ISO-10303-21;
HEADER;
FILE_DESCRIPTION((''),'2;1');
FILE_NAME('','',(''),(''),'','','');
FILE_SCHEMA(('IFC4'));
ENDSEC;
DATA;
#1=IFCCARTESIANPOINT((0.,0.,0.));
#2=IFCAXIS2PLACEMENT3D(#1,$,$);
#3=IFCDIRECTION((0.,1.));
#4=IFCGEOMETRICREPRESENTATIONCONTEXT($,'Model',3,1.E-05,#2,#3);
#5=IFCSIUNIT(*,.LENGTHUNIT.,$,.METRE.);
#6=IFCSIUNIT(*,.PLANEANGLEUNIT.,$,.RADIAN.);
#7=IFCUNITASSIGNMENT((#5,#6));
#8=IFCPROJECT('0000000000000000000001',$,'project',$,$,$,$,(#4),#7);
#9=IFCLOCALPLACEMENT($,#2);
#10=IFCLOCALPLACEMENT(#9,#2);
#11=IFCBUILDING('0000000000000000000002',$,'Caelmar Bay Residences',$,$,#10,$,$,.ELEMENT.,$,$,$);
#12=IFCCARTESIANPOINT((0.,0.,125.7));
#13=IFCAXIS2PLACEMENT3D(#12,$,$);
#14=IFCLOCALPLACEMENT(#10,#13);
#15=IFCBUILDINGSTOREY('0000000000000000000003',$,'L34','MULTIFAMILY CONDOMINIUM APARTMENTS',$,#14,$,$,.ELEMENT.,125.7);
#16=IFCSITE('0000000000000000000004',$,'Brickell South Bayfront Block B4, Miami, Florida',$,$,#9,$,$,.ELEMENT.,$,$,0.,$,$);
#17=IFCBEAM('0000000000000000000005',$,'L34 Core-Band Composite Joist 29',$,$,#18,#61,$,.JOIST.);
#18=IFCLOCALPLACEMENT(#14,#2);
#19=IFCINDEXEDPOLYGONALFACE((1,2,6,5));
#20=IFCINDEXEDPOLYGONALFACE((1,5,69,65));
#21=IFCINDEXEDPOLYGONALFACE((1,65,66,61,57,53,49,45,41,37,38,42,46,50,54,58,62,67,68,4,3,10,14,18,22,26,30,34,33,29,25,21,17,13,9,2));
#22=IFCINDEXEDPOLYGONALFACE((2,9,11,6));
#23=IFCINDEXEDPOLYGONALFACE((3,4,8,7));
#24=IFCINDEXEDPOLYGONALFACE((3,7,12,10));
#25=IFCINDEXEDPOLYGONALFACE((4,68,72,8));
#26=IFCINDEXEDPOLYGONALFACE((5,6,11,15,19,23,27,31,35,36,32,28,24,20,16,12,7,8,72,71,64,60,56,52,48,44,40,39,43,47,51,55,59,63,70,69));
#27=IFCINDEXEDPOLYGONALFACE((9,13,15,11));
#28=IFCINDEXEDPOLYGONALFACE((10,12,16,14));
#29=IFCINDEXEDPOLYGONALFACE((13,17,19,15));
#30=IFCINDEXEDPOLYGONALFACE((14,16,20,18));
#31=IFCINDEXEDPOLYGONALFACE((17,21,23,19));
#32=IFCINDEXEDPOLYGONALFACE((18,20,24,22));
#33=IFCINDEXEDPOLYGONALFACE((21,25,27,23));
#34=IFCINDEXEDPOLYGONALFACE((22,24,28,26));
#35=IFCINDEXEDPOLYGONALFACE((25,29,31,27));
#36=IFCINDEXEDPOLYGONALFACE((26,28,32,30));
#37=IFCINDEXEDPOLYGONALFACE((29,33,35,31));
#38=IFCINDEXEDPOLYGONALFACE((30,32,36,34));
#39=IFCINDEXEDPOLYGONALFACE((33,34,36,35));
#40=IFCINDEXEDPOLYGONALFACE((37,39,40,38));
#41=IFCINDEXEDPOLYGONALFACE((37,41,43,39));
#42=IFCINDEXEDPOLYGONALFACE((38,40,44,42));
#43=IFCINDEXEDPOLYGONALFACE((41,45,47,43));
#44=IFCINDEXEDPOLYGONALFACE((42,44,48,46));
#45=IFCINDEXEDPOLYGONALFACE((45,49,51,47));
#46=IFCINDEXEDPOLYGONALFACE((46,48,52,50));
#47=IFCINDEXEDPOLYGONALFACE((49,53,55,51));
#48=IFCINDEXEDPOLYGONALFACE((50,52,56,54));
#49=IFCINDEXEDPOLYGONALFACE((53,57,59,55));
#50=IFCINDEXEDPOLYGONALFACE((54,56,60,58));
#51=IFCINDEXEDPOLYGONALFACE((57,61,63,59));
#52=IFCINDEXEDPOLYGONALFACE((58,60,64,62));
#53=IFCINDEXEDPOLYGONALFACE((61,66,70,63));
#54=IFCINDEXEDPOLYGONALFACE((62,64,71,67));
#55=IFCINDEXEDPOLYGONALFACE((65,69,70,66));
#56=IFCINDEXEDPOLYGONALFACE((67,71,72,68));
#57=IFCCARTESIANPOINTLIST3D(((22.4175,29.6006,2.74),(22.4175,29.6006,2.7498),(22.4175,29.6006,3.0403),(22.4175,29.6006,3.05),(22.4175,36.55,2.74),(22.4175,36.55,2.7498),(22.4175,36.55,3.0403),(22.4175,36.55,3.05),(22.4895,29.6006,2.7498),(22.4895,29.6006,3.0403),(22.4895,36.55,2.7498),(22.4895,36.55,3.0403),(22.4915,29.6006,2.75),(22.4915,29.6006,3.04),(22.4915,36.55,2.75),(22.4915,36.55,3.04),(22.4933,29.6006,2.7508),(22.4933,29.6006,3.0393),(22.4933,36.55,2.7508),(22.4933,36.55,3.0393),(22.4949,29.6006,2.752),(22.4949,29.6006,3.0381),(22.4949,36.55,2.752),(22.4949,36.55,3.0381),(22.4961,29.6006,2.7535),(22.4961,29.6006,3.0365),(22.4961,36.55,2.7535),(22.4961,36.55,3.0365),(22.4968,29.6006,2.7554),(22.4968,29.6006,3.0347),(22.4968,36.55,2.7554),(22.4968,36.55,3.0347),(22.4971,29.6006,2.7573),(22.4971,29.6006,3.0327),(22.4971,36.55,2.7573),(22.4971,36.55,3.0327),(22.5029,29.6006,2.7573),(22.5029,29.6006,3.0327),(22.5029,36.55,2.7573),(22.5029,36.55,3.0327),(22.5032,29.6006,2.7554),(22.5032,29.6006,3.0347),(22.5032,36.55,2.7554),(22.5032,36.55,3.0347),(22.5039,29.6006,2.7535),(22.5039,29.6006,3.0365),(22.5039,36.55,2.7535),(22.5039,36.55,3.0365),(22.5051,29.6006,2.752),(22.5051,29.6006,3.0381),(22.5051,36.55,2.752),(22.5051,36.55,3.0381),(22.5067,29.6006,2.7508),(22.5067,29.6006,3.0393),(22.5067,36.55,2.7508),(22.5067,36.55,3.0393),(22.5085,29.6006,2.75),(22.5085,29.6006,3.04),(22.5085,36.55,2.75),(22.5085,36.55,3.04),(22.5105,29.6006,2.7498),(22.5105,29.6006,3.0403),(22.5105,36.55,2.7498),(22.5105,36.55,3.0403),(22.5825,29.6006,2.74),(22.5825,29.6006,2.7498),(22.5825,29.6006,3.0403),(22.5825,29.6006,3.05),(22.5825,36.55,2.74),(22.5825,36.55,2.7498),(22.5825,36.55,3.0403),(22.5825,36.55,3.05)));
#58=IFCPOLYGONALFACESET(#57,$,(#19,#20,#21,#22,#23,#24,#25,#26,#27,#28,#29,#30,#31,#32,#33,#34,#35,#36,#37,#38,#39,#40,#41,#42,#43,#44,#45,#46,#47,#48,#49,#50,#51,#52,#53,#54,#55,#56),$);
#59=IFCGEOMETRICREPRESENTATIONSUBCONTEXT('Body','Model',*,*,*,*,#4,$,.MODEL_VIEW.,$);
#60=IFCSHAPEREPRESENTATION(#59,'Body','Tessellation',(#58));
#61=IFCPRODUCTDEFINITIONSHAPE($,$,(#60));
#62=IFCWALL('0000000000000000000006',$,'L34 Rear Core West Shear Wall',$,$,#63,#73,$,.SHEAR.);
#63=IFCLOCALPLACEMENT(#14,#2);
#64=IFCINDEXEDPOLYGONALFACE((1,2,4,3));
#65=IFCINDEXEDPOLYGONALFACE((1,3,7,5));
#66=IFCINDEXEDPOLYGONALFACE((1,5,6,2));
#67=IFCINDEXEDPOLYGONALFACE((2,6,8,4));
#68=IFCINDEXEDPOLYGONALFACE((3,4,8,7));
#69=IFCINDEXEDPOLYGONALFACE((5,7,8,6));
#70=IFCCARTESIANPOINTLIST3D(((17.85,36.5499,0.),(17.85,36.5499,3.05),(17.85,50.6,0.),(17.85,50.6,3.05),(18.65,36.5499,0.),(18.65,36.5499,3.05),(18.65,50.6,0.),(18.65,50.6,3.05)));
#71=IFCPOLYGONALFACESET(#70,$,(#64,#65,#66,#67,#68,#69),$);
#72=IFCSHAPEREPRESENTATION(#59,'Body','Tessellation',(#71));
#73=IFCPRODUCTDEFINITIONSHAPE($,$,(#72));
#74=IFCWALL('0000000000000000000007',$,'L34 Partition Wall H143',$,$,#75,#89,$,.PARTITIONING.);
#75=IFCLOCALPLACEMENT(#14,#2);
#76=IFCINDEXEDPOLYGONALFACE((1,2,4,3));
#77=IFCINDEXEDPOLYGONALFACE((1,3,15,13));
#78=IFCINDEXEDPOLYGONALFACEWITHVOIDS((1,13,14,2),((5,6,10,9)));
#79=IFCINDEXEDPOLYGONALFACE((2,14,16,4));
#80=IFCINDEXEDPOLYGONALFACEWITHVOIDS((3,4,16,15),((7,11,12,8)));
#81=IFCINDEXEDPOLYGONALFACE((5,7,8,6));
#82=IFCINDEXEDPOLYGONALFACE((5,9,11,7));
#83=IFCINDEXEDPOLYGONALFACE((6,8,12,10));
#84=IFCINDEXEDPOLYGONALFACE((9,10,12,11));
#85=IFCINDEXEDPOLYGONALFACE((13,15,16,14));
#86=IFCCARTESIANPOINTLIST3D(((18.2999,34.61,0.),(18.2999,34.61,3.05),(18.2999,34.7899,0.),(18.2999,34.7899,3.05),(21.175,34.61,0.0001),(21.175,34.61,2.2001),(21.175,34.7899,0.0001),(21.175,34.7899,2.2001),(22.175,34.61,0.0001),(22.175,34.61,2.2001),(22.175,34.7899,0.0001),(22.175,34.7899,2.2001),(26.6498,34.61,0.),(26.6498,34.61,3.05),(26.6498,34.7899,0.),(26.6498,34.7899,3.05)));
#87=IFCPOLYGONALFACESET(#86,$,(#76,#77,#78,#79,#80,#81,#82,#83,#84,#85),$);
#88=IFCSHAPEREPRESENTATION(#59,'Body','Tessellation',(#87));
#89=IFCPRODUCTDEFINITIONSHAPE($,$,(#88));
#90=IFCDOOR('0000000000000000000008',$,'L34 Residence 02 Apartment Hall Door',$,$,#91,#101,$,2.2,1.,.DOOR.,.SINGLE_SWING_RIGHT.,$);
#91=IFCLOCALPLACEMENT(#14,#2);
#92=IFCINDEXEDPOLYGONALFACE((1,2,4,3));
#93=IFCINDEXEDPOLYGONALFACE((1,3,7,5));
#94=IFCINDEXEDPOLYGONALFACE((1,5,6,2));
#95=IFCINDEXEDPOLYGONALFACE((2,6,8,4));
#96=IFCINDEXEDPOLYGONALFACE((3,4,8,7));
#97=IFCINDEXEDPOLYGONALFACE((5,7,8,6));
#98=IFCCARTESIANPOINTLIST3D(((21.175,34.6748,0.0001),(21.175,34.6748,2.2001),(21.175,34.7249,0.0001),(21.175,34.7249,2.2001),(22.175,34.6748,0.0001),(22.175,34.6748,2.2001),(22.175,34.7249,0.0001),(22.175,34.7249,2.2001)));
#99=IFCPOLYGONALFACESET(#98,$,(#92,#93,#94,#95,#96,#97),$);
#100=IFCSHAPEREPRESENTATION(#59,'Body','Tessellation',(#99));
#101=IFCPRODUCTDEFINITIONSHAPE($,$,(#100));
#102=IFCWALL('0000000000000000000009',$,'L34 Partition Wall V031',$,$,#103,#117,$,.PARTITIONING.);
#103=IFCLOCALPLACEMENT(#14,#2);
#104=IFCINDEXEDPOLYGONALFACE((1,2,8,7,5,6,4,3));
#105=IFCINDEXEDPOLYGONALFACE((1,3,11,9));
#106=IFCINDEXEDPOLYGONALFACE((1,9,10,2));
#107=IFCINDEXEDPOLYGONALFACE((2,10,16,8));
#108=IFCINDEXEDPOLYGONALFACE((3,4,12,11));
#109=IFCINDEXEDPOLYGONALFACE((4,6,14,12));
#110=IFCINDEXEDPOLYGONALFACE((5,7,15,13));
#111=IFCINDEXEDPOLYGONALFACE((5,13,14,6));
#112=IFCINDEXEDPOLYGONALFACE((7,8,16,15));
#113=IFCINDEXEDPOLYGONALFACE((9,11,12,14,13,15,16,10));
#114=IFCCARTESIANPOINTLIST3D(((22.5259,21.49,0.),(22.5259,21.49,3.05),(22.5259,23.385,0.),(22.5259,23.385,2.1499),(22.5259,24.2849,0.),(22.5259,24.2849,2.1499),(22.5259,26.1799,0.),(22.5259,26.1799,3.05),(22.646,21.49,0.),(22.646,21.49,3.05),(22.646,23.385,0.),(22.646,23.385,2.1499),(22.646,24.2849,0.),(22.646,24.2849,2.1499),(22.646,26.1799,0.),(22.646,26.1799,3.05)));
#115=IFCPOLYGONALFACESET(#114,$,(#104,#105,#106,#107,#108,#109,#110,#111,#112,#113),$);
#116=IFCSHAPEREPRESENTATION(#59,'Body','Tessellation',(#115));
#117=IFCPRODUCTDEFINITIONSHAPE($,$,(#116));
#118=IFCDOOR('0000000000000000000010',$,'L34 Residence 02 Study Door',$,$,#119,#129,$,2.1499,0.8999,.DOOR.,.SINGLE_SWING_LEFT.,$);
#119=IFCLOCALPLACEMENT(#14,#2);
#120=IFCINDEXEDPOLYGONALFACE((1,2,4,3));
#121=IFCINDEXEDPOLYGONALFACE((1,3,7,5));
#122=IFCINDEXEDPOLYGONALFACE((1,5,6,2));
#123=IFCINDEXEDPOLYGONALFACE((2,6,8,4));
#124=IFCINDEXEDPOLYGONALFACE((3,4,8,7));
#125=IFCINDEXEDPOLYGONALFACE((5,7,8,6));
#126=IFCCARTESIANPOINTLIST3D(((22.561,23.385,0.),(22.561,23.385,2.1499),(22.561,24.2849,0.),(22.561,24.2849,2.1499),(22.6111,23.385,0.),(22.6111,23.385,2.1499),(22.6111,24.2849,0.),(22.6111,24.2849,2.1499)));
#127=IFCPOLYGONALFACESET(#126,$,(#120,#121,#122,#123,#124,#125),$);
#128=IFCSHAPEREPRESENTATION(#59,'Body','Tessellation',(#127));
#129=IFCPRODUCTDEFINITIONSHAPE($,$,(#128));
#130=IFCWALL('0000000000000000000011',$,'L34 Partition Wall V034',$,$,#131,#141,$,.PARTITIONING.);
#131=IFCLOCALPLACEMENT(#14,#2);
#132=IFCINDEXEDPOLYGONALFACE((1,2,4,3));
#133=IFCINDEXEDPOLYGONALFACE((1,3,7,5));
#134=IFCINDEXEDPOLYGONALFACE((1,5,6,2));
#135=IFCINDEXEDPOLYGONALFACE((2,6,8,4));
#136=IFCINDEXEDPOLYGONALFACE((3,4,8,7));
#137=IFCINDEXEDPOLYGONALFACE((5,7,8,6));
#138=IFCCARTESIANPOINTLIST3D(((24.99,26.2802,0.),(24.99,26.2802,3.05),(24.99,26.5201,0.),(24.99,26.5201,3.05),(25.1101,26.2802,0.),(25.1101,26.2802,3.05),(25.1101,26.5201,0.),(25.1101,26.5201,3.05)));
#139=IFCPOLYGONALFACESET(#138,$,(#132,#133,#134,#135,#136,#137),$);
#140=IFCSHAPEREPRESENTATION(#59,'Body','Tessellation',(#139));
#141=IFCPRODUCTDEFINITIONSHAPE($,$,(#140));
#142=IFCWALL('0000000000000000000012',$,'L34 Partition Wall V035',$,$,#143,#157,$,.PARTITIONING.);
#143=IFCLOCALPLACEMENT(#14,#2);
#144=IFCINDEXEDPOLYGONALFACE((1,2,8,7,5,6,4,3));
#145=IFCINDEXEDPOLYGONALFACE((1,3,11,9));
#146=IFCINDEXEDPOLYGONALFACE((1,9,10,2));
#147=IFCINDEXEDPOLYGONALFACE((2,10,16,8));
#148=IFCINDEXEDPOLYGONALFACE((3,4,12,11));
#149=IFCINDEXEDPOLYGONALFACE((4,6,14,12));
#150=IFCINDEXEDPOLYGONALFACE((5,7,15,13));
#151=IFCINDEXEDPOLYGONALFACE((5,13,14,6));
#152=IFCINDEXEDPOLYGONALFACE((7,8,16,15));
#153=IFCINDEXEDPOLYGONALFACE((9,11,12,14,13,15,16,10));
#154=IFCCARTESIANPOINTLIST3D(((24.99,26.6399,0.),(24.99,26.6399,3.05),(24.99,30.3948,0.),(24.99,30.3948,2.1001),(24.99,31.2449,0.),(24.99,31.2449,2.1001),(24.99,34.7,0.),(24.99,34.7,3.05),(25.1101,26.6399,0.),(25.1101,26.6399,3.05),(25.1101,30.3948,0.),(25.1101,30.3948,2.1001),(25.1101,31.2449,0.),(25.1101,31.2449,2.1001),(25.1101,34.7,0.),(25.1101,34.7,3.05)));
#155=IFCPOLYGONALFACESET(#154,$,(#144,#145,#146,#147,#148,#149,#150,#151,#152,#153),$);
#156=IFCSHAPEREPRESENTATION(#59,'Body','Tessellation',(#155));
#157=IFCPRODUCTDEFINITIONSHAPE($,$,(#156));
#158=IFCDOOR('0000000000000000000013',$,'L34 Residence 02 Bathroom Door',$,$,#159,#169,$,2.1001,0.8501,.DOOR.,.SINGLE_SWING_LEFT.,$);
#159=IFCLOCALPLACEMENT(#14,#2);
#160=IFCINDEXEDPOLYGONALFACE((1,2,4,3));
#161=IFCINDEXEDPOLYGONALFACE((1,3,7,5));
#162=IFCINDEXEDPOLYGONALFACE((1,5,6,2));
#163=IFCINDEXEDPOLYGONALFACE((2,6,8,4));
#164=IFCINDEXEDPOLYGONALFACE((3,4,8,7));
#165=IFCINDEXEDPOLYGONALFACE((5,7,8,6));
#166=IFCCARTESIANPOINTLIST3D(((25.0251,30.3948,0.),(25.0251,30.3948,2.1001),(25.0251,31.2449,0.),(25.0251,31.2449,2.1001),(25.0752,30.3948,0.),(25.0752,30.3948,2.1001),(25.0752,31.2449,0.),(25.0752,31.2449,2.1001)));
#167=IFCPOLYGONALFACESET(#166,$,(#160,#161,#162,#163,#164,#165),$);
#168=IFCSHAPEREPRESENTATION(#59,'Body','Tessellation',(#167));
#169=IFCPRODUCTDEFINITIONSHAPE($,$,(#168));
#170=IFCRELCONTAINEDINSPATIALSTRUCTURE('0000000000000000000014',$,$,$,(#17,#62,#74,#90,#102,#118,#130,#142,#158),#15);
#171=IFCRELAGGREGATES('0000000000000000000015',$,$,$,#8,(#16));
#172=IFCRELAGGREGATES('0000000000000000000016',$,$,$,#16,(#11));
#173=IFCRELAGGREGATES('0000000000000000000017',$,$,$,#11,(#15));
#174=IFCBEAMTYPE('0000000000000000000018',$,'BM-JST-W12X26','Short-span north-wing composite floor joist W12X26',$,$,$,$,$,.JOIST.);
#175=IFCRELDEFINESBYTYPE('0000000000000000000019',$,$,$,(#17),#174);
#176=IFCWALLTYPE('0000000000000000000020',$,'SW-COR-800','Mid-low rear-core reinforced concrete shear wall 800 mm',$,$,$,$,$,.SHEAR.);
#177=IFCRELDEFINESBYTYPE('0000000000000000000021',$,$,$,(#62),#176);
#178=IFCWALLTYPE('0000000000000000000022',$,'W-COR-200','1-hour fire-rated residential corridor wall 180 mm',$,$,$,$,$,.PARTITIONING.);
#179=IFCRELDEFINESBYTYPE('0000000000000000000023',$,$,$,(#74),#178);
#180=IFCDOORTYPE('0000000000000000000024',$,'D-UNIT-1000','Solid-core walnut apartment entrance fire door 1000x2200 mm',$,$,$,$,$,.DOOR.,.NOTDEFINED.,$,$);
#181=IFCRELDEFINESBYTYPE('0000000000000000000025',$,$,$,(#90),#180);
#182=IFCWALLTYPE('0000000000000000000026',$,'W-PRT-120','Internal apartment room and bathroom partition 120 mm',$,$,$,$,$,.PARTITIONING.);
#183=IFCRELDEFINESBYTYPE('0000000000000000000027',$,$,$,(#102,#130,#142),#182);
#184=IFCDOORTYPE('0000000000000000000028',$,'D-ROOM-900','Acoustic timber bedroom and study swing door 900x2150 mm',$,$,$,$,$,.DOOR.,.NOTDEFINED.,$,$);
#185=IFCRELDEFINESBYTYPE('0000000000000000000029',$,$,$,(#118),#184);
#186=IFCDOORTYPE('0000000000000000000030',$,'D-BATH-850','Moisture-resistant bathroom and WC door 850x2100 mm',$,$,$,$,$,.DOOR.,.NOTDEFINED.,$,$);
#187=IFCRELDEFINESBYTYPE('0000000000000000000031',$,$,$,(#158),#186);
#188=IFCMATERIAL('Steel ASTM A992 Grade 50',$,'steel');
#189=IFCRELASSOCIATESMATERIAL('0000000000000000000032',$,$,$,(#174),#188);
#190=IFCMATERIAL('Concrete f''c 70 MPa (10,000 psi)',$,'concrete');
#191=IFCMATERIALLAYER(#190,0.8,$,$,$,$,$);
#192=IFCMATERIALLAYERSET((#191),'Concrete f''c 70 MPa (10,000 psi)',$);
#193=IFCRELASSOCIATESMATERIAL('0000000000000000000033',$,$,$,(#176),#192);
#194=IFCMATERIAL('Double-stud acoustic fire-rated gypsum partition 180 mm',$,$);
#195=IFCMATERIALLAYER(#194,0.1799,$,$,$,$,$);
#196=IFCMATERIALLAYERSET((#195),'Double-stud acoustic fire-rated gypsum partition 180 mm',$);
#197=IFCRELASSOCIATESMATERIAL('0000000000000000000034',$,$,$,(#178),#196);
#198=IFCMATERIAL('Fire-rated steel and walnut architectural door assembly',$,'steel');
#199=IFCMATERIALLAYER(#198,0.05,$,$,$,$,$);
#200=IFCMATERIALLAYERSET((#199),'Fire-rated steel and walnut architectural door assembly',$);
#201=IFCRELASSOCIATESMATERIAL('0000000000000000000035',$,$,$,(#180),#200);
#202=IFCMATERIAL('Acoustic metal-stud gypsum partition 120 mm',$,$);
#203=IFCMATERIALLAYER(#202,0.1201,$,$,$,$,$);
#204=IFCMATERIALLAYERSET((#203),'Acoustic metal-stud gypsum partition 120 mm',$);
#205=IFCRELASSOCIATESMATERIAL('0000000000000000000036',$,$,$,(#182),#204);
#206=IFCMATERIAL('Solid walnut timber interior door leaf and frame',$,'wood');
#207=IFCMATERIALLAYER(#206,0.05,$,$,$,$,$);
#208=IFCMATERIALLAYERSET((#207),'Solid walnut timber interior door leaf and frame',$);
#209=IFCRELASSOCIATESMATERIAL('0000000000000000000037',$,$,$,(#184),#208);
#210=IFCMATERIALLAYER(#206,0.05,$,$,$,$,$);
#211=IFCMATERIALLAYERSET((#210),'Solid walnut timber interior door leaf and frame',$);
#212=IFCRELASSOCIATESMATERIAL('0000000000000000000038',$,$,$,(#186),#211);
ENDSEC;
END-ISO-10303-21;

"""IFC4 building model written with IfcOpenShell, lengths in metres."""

from ifc_helpers import new_model, si_unit, direction, frame, frame_2d, origin, origin_2d, place, context, subcontext, project, spatial, rectangle, i_section, extrude, material, layer, layer_set, material_profile, profile_set, type_object, element, fill, save


model = new_model("IFC4")

# Units and contexts
model_context = context("Model", 3, precision=1e-05, world=origin(), true_north=direction((0.0, 1.0)))
body_context = subcontext(model_context, "Body", "Model", "MODEL_VIEW")
ifc_project = project(units=[si_unit("LENGTHUNIT", "METRE"), si_unit("PLANEANGLEUNIT", "RADIAN")], contexts=[model_context])

# Site, building, storey
site_placement = place(None, origin())
site = spatial("IfcSite", under=ifc_project, at=site_placement, Name="Brickell South Bayfront Block B4, Miami, Florida", CompositionType="ELEMENT", RefElevation=0.0)
building_placement = place(site_placement, origin())
building = spatial("IfcBuilding", under=site, at=building_placement, Name="Caelmar Bay Residences", CompositionType="ELEMENT")
storey_placement = place(building_placement, frame((0.0, 0.0, 125.7)))
storey = spatial("IfcBuildingStorey", under=building, at=storey_placement, Name="L34", Description="MULTIFAMILY CONDOMINIUM APARTMENTS", CompositionType="ELEMENT", Elevation=125.7)

# Shared definitions
ifc_material_1 = material(Name="Concrete f'c 70 MPa (10,000 psi)", Category="concrete")

# Beam
ifc_material_2 = material(Name="Steel ASTM A992 Grade 50", Category="steel")
ifc_material_profile_1 = material_profile(ifc_material_2, i_section(OverallWidth=0.165, OverallDepth=0.3101, WebThickness=0.0059, FlangeThickness=0.0098, FilletRadius=0.0076, at=origin_2d()), Name="W12X26")
ifc_profile_set_1 = profile_set([ifc_material_profile_1], Name="Steel ASTM A992 Grade 50")
beam_type_1 = type_object("IfcBeamType", Name="BM-JST-W12X26", Description="Short-span north-wing composite floor joist W12X26", PredefinedType="JOIST", material=ifc_profile_set_1)
beam_1_placement = place(storey_placement, frame((22.5, 29.6006, 2.895), z_axis=(0.0, 1.0, 0.0), x_axis=(-1.0, 0.0, 0.0)))
element("IfcBeam", 1, at=beam_1_placement, inside=storey, type_object=beam_type_1, Name="L34 Core-Band Composite Joist 29", PredefinedType="JOIST", context=body_context, shape_type="SweptSolid", body=[
    extrude(i_section(OverallWidth=0.165, OverallDepth=0.3101, WebThickness=0.0059, FlangeThickness=0.0098, FilletRadius=0.0076, at=origin_2d()), origin(), (0.0, 0.0, 1.0), 6.9495),
])

# Wall
ifc_layer_1 = layer(ifc_material_1, 0.8)
ifc_layer_set_1 = layer_set([ifc_layer_1], Name="Concrete f'c 70 MPa (10,000 psi)")
wall_type_1 = type_object("IfcWallType", Name="SW-COR-800", Description="Mid-low rear-core reinforced concrete shear wall 800 mm", PredefinedType="SHEAR", material=ifc_layer_set_1)
wall_1_placement = place(storey_placement, frame((18.25, 36.55, 0.0), z_axis=(0.0, 0.0, 1.0), x_axis=(0.0, 1.0, 0.0)))
element("IfcWall", 2, at=wall_1_placement, inside=storey, type_object=wall_type_1, Name="L34 Rear Core West Shear Wall", PredefinedType="SHEAR", context=body_context, shape_type="SweptSolid", body=[
    extrude(rectangle(XDim=14.05, YDim=0.8, at=frame_2d((7.0249, 0.0))), origin(), (0.0, 0.0, 1.0), 3.05),
])

# Walls, openings, doors
ifc_material_3 = material(Name="Double-stud acoustic fire-rated gypsum partition 180 mm")
ifc_layer_2 = layer(ifc_material_3, 0.1799)
ifc_layer_set_2 = layer_set([ifc_layer_2], Name="Double-stud acoustic fire-rated gypsum partition 180 mm")
wall_type_2 = type_object("IfcWallType", Name="W-COR-200", Description="1-hour fire-rated residential corridor wall 180 mm", PredefinedType="PARTITIONING", material=ifc_layer_set_2)
wall_2_placement = place(storey_placement, frame((18.3, 34.7, 0.0), z_axis=(0.0, 0.0, 1.0), x_axis=(1.0, 0.0, 0.0)))
wall_2 = element("IfcWall", 3, at=wall_2_placement, inside=storey, type_object=wall_type_2, Name="L34 Partition Wall H143", PredefinedType="PARTITIONING", context=body_context, shape_type="SweptSolid", body=[
    extrude(rectangle(XDim=8.3499, YDim=0.1799, at=frame_2d((4.1748, 0.0))), origin(), (0.0, 0.0, 1.0), 3.05),
])
opening_1_placement = place(wall_2_placement, frame((2.875, 0.0, 0.0)))
opening_1 = element("IfcOpeningElement", 4, at=opening_1_placement, cuts=wall_2, PredefinedType="OPENING", context=body_context, shape_type="SweptSolid", body=[
    extrude(rectangle(XDim=1.0, YDim=2.2, at=frame_2d((0.5, 1.1001))), frame((0.0, 0.0999, 0.0), z_axis=(0.0, -1.0, 0.0), x_axis=(1.0, 0.0, 0.0)), (0.0, 0.0, 1.0), 0.2),
])
ifc_material_4 = material(Name="Fire-rated steel and walnut architectural door assembly", Category="steel")
ifc_layer_3 = layer(ifc_material_4, 0.05)
ifc_layer_set_3 = layer_set([ifc_layer_3], Name="Fire-rated steel and walnut architectural door assembly")
door_type_1 = type_object("IfcDoorType", Name="D-UNIT-1000", Description="Solid-core walnut apartment entrance fire door 1000x2200 mm", OperationType="NOTDEFINED", PredefinedType="DOOR", material=ifc_layer_set_3)
door_1_placement = place(opening_1_placement, origin())
door_1 = element("IfcDoor", 5, at=door_1_placement, inside=storey, type_object=door_type_1, Name="L34 Residence 02 Apartment Hall Door", OperationType="SINGLE_SWING_RIGHT", OverallHeight=2.2, OverallWidth=1.0, PredefinedType="DOOR", context=body_context, shape_type="SweptSolid", body=[
    extrude(rectangle(XDim=1.0, YDim=2.2, at=frame_2d((0.5, 1.1001))), frame((0.0, 0.0249, 0.0), z_axis=(0.0, -1.0, 0.0), x_axis=(1.0, 0.0, 0.0)), (0.0, 0.0, 1.0), 0.05),
])
fill(opening_1, door_1)
ifc_material_5 = material(Name="Acoustic metal-stud gypsum partition 120 mm")
ifc_layer_4 = layer(ifc_material_5, 0.1201)
ifc_layer_set_4 = layer_set([ifc_layer_4], Name="Acoustic metal-stud gypsum partition 120 mm")
wall_type_3 = type_object("IfcWallType", Name="W-PRT-120", Description="Internal apartment room and bathroom partition 120 mm", PredefinedType="PARTITIONING", material=ifc_layer_set_4)
wall_3_placement = place(storey_placement, frame((22.5859, 21.49, 0.0), z_axis=(0.0, 0.0, 1.0), x_axis=(0.0, 1.0, 0.0)))
wall_3 = element("IfcWall", 6, at=wall_3_placement, inside=storey, type_object=wall_type_3, Name="L34 Partition Wall V031", PredefinedType="PARTITIONING", context=body_context, shape_type="SweptSolid", body=[
    extrude(rectangle(XDim=4.6899, YDim=0.1201, at=frame_2d((2.345, 0.0))), origin(), (0.0, 0.0, 1.0), 3.05),
])
opening_2_placement = place(wall_3_placement, frame((1.895, 0.0, 0.0)))
opening_2 = element("IfcOpeningElement", 7, at=opening_2_placement, cuts=wall_3, PredefinedType="OPENING", context=body_context, shape_type="SweptSolid", body=[
    extrude(rectangle(XDim=0.8999, YDim=2.1499, at=frame_2d((0.45, 1.075))), frame((0.0, 0.0701, 0.0), z_axis=(0.0, -1.0, 0.0), x_axis=(1.0, 0.0, 0.0)), (0.0, 0.0, 1.0), 0.1401),
])
ifc_material_6 = material(Name="Solid walnut timber interior door leaf and frame", Category="wood")
ifc_layer_5 = layer(ifc_material_6, 0.05)
ifc_layer_set_5 = layer_set([ifc_layer_5], Name="Solid walnut timber interior door leaf and frame")
door_type_2 = type_object("IfcDoorType", Name="D-ROOM-900", Description="Acoustic timber bedroom and study swing door 900x2150 mm", OperationType="NOTDEFINED", PredefinedType="DOOR", material=ifc_layer_set_5)
door_2_placement = place(opening_2_placement, origin())
door_2 = element("IfcDoor", 8, at=door_2_placement, inside=storey, type_object=door_type_2, Name="L34 Residence 02 Study Door", OperationType="SINGLE_SWING_LEFT", OverallHeight=2.1499, OverallWidth=0.8999, PredefinedType="DOOR", context=body_context, shape_type="SweptSolid", body=[
    extrude(rectangle(XDim=0.8999, YDim=2.1499, at=frame_2d((0.45, 1.075))), frame((0.0, 0.0249, 0.0), z_axis=(0.0, -1.0, 0.0), x_axis=(1.0, 0.0, 0.0)), (0.0, 0.0, 1.0), 0.05),
])
fill(opening_2, door_2)

# Wall
wall_4_placement = place(storey_placement, frame((25.05, 26.28, 0.0), z_axis=(0.0, 0.0, 1.0), x_axis=(0.0, 1.0, 0.0)))
element("IfcWall", 9, at=wall_4_placement, inside=storey, type_object=wall_type_3, Name="L34 Partition Wall V034", PredefinedType="PARTITIONING", context=body_context, shape_type="SweptSolid", body=[
    extrude(rectangle(XDim=0.24, YDim=0.1201, at=frame_2d((0.1201, 0.0))), origin(), (0.0, 0.0, 1.0), 3.05),
])

# Wall, opening, door
wall_5_placement = place(storey_placement, frame((25.05, 26.6399, 0.0), z_axis=(0.0, 0.0, 1.0), x_axis=(0.0, 1.0, 0.0)))
wall_5 = element("IfcWall", 10, at=wall_5_placement, inside=storey, type_object=wall_type_3, Name="L34 Partition Wall V035", PredefinedType="PARTITIONING", context=body_context, shape_type="SweptSolid", body=[
    extrude(rectangle(XDim=8.0601, YDim=0.1201, at=frame_2d((4.03, 0.0))), origin(), (0.0, 0.0, 1.0), 3.05),
])
opening_3_placement = place(wall_5_placement, frame((3.7549, 0.0, 0.0)))
opening_3 = element("IfcOpeningElement", 11, at=opening_3_placement, cuts=wall_5, PredefinedType="OPENING", context=body_context, shape_type="SweptSolid", body=[
    extrude(rectangle(XDim=0.8501, YDim=2.1001, at=frame_2d((0.425, 1.05))), frame((0.0, 0.0701, 0.0), z_axis=(0.0, -1.0, 0.0), x_axis=(1.0, 0.0, 0.0)), (0.0, 0.0, 1.0), 0.1401),
])
ifc_layer_6 = layer(ifc_material_6, 0.05)
ifc_layer_set_6 = layer_set([ifc_layer_6], Name="Solid walnut timber interior door leaf and frame")
door_type_3 = type_object("IfcDoorType", Name="D-BATH-850", Description="Moisture-resistant bathroom and WC door 850x2100 mm", OperationType="NOTDEFINED", PredefinedType="DOOR", material=ifc_layer_set_6)
door_3_placement = place(opening_3_placement, origin())
door_3 = element("IfcDoor", 12, at=door_3_placement, inside=storey, type_object=door_type_3, Name="L34 Residence 02 Bathroom Door", OperationType="SINGLE_SWING_LEFT", OverallHeight=2.1001, OverallWidth=0.8501, PredefinedType="DOOR", context=body_context, shape_type="SweptSolid", body=[
    extrude(rectangle(XDim=0.8501, YDim=2.1001, at=frame_2d((0.425, 1.05))), frame((0.0, 0.0249, 0.0), z_axis=(0.0, -1.0, 0.0), x_axis=(1.0, 0.0, 0.0)), (0.0, 0.0, 1.0), 0.05),
])
fill(opening_3, door_3)

save(model, "model.ifc")
